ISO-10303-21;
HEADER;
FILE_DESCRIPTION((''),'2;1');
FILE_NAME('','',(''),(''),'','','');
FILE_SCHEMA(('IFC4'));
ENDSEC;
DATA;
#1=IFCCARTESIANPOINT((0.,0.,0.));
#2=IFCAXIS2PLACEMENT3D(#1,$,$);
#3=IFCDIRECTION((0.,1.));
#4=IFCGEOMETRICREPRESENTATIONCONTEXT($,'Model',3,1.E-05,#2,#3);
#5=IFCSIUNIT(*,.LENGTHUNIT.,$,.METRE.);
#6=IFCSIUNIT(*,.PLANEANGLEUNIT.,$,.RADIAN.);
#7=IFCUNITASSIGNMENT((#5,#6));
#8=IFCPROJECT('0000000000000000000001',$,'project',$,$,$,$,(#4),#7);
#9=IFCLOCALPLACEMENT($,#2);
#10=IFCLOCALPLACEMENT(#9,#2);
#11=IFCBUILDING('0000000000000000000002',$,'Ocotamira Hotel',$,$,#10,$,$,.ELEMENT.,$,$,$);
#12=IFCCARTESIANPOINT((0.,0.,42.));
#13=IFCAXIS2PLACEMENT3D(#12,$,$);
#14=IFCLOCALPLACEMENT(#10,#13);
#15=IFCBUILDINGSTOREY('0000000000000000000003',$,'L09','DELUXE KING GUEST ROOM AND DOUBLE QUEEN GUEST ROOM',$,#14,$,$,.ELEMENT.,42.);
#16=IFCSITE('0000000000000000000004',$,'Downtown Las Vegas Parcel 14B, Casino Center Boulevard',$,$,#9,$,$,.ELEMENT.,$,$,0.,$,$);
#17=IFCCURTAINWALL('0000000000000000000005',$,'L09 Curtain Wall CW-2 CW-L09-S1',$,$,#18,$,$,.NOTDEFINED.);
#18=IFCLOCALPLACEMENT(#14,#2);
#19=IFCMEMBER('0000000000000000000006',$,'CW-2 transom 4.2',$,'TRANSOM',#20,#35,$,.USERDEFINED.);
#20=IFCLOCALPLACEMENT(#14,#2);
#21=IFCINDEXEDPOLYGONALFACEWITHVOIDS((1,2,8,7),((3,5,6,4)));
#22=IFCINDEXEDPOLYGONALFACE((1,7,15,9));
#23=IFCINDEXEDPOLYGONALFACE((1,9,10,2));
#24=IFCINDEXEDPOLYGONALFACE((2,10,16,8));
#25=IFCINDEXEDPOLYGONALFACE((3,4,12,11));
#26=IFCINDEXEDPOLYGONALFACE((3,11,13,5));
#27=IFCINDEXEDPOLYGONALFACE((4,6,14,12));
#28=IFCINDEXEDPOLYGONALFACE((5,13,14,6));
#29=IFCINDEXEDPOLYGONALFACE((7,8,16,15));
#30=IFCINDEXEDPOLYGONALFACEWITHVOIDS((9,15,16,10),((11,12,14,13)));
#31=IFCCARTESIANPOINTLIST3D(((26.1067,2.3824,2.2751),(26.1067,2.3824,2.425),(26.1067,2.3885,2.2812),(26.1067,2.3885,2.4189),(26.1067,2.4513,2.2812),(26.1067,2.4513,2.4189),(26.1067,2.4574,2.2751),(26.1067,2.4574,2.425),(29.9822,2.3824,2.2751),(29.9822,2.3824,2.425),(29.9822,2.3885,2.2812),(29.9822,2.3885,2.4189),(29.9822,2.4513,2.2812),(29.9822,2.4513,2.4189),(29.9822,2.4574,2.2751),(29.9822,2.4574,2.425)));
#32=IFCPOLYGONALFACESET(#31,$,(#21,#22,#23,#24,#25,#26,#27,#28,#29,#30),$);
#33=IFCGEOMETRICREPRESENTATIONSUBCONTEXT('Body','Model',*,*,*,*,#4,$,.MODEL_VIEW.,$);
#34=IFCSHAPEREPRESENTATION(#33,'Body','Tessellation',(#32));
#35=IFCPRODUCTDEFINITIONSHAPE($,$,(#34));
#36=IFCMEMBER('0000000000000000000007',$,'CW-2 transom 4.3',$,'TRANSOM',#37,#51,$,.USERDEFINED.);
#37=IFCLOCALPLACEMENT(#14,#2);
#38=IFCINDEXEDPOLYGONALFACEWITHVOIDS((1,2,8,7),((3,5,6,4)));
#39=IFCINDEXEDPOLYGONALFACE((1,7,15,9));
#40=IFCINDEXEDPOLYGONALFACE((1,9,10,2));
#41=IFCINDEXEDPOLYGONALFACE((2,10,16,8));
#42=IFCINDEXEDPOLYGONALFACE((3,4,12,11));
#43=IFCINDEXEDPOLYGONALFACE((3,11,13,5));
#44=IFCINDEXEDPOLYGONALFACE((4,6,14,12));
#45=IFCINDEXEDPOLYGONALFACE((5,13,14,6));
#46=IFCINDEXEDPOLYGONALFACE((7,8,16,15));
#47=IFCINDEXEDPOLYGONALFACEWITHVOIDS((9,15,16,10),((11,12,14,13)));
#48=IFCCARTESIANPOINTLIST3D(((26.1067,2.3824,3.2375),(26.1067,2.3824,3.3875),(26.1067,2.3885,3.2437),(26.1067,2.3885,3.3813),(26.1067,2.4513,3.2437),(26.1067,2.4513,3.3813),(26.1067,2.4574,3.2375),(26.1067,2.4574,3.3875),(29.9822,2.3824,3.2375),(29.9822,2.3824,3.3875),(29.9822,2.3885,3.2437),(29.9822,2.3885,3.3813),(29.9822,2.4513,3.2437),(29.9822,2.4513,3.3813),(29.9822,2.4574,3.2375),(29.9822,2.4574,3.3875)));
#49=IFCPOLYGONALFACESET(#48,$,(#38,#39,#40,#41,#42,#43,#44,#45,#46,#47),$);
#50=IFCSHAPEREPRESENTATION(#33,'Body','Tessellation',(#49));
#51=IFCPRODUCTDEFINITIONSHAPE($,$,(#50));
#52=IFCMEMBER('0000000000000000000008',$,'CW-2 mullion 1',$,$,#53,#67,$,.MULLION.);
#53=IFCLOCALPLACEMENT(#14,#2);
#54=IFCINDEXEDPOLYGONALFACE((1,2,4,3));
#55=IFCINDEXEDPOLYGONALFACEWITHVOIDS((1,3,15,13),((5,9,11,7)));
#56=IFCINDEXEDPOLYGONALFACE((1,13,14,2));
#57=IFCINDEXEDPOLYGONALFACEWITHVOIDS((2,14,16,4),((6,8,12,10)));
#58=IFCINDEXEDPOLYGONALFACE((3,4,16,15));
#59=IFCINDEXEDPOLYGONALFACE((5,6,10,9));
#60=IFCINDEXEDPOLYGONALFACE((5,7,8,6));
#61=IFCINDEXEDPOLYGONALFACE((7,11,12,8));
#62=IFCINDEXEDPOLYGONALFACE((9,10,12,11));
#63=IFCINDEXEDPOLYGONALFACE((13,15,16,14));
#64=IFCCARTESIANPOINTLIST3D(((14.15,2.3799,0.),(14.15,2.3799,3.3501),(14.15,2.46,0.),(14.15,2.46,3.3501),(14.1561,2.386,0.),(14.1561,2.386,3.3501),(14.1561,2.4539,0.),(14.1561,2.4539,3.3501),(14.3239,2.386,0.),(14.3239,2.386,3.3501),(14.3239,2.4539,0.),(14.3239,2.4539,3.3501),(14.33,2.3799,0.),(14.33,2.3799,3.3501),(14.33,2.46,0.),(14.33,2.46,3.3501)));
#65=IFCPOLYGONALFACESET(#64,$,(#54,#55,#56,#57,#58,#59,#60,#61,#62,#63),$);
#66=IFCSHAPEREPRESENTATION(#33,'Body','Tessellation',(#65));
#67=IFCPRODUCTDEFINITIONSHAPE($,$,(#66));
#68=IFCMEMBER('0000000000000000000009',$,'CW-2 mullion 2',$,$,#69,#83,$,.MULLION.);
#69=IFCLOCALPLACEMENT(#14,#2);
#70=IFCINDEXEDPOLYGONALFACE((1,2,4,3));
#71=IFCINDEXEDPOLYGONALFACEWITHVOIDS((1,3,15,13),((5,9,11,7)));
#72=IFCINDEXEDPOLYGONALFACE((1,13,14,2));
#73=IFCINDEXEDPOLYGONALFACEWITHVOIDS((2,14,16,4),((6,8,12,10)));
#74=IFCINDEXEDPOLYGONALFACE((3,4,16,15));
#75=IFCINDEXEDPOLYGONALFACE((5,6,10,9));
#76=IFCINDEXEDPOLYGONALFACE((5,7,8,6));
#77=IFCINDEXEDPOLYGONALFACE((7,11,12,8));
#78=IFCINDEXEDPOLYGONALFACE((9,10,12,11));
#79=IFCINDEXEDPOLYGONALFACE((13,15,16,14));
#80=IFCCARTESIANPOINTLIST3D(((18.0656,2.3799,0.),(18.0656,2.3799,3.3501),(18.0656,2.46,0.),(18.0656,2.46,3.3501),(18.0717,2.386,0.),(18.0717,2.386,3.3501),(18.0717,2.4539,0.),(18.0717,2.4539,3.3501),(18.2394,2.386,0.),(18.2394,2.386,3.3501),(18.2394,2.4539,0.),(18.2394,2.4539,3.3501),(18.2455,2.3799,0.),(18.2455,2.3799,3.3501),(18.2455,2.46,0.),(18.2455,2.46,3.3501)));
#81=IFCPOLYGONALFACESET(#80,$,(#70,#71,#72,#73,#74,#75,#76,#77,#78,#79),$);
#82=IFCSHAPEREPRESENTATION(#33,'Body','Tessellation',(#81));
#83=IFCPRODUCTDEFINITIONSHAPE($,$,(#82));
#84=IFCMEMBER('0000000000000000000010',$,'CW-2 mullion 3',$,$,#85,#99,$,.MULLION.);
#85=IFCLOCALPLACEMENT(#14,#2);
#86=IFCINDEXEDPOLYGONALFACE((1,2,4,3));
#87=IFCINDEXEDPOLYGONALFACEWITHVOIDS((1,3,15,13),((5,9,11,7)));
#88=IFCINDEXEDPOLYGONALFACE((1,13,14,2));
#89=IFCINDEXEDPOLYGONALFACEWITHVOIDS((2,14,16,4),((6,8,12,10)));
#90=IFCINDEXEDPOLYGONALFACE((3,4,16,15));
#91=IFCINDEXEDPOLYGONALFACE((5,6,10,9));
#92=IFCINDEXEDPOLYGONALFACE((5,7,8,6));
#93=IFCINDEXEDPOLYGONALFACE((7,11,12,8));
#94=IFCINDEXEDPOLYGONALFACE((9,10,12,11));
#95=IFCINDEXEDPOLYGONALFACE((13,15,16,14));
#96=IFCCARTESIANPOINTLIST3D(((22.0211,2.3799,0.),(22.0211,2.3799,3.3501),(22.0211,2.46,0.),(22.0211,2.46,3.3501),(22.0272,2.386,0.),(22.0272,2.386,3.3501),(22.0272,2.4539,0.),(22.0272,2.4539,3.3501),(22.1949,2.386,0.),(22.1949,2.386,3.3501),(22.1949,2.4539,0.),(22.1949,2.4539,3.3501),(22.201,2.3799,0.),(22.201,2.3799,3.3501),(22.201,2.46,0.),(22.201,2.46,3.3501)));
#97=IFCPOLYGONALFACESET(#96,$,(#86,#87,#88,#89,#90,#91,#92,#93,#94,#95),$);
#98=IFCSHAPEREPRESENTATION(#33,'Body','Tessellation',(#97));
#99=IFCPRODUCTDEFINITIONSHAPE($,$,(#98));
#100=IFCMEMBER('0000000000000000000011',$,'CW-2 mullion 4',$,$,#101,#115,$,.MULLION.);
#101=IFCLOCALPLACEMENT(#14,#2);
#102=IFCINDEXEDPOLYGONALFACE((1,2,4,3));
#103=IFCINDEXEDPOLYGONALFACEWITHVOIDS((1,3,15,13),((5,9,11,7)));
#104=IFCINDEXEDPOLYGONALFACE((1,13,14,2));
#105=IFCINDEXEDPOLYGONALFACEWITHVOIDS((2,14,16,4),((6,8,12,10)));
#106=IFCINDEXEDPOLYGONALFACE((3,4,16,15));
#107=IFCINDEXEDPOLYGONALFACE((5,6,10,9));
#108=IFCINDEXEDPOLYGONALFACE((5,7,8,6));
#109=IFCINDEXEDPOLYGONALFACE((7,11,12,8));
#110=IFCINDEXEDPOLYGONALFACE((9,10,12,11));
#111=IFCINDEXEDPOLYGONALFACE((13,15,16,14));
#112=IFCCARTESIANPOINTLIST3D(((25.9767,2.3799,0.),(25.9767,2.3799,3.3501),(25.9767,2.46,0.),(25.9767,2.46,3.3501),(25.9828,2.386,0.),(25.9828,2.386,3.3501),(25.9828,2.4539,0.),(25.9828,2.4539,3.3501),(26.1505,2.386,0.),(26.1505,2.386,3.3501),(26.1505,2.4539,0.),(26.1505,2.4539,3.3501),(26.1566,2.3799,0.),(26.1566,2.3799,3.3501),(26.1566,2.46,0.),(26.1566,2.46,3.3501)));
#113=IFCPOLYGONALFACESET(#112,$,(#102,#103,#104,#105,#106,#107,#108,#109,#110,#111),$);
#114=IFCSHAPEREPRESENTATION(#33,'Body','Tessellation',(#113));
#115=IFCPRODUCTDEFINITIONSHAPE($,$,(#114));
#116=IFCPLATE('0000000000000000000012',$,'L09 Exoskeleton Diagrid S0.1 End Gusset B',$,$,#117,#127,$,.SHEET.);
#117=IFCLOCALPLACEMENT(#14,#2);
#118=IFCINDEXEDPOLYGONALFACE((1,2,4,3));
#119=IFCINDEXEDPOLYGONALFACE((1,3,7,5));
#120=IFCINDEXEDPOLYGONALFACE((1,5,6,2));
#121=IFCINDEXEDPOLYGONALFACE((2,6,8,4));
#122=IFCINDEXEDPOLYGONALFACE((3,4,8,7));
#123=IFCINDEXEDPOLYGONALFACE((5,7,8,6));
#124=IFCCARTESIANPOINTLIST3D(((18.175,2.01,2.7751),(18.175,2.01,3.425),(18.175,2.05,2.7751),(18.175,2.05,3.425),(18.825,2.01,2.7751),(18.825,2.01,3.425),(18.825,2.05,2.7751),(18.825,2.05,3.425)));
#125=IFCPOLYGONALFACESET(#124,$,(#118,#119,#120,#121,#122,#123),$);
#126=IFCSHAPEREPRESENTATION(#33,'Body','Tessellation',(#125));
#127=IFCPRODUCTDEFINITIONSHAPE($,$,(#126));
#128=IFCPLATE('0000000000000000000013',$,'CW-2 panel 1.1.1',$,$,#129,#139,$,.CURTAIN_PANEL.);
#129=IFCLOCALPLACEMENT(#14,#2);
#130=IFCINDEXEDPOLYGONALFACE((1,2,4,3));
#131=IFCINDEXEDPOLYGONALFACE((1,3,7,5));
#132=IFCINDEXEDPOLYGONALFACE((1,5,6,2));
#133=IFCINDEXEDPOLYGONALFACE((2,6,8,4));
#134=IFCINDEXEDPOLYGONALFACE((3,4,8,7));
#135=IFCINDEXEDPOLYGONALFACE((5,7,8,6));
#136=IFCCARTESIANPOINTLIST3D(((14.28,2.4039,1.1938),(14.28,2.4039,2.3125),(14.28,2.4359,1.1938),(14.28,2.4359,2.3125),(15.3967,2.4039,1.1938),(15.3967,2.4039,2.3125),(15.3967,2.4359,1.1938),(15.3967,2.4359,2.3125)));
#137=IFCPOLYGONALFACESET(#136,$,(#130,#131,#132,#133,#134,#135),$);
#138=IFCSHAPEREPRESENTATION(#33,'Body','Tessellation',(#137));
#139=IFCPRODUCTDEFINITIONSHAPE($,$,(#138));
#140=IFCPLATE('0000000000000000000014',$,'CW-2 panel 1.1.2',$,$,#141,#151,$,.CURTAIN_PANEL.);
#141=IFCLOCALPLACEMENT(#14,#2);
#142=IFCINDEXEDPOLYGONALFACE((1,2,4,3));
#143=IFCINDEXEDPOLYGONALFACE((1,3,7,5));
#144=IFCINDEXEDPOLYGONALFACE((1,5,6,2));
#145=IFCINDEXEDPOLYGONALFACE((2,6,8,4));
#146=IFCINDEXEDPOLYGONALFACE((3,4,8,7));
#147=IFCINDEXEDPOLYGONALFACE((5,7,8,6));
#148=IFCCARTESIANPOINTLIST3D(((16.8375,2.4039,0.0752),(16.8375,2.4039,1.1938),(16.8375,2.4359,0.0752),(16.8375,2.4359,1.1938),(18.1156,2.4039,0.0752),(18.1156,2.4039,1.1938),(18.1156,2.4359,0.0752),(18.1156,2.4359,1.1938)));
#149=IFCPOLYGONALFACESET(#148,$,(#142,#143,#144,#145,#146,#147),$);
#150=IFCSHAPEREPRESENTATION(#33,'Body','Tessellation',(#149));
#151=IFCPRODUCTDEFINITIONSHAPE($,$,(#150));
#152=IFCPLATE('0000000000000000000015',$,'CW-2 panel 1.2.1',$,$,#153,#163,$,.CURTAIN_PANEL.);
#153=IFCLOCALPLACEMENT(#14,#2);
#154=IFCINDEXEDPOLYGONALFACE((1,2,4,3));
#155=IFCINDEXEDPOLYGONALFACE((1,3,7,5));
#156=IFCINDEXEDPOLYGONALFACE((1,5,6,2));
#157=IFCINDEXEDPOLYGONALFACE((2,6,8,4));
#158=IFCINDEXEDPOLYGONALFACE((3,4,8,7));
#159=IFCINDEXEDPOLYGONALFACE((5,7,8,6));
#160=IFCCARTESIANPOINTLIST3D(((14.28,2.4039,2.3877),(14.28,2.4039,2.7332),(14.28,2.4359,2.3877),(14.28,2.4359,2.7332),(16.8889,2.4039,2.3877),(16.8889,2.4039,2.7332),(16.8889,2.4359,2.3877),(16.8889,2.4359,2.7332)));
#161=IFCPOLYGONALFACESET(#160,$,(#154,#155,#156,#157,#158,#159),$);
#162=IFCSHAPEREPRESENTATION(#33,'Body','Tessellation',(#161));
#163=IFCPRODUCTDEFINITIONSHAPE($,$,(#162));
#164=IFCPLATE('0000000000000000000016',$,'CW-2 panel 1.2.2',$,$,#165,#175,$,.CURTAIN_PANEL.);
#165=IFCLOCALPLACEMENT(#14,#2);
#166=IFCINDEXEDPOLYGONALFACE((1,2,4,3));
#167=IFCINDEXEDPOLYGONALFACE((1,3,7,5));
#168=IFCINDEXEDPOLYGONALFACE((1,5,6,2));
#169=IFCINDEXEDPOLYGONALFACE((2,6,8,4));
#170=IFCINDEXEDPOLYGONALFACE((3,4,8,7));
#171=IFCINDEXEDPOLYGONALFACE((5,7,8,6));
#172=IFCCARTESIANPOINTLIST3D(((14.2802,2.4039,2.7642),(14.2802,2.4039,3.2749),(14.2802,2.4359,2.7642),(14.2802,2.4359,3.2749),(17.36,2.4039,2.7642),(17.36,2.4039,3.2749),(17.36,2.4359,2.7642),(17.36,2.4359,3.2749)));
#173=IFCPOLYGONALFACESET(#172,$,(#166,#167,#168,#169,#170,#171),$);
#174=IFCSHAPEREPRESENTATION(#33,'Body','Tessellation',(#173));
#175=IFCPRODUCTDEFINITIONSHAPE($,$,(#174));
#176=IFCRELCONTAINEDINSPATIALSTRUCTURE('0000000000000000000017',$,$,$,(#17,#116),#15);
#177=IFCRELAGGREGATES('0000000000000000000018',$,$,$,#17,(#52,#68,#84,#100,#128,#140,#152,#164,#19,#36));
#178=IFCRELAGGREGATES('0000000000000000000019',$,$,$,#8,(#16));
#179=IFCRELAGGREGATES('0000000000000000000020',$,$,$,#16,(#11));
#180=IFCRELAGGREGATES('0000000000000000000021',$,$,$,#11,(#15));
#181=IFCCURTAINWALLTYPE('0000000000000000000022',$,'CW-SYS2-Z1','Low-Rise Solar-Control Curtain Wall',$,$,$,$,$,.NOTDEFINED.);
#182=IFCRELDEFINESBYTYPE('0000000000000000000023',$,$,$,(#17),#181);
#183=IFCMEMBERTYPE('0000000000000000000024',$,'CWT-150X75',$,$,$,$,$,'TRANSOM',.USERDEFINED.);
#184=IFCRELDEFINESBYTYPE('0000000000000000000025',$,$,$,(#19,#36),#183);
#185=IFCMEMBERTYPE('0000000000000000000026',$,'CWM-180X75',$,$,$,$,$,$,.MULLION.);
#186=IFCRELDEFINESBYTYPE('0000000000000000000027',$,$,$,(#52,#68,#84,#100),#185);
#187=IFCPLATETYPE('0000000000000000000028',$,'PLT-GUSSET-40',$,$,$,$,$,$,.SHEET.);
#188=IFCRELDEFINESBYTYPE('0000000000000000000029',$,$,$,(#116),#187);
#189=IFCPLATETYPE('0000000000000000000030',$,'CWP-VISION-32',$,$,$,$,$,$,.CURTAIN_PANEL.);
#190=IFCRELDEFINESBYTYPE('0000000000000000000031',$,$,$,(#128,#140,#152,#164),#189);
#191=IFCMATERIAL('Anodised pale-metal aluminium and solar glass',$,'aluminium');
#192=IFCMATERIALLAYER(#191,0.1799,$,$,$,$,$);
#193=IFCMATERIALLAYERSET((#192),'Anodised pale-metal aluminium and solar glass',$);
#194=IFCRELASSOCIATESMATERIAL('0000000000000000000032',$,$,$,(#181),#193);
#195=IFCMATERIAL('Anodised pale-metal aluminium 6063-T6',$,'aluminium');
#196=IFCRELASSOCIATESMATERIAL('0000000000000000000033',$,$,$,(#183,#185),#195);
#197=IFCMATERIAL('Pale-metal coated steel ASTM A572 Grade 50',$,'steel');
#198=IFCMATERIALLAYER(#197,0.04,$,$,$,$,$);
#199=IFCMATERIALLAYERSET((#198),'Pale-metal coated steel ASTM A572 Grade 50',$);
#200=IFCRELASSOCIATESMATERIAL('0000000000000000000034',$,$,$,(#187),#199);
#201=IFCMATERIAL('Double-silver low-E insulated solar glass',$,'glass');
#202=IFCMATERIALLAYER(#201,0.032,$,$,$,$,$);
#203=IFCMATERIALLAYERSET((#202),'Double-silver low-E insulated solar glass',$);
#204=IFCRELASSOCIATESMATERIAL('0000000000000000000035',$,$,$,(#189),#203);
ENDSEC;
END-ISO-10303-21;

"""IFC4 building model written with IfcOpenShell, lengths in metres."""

from ifc_helpers import new_model, si_unit, direction, frame, origin, origin_2d, place, context, subcontext, project, spatial, rectangle, hollow_rectangle, extrude, source, transform, mapped, material, layer, layer_set, material_profile, profile_set, type_object, element, aggregate, save


model = new_model("IFC4")

# Units and contexts
model_context = context("Model", 3, precision=1e-05, world=origin(), true_north=direction((0.0, 1.0)))
body_context = subcontext(model_context, "Body", "Model", "MODEL_VIEW")
ifc_project = project(units=[si_unit("LENGTHUNIT", "METRE"), si_unit("PLANEANGLEUNIT", "RADIAN")], contexts=[model_context])

# Site, building, storey
site_placement = place(None, origin())
site = spatial("IfcSite", under=ifc_project, at=site_placement, Name="Downtown Las Vegas Parcel 14B, Casino Center Boulevard", CompositionType="ELEMENT", RefElevation=0.0)
building_placement = place(site_placement, origin())
building = spatial("IfcBuilding", under=site, at=building_placement, Name="Ocotamira Hotel", CompositionType="ELEMENT")
storey_placement = place(building_placement, frame((0.0, 0.0, 42.0)))
storey = spatial("IfcBuildingStorey", under=building, at=storey_placement, Name="L09", Description="DELUXE KING GUEST ROOM AND DOUBLE QUEEN GUEST ROOM", CompositionType="ELEMENT", Elevation=42.0)

# Curtain wall, members
ifc_material_1 = material(Name="Anodised pale-metal aluminium and solar glass", Category="aluminium")
ifc_layer_1 = layer(ifc_material_1, 0.1799)
ifc_layer_set_1 = layer_set([ifc_layer_1], Name="Anodised pale-metal aluminium and solar glass")
curtain_wall_type = type_object("IfcCurtainWallType", Name="CW-SYS2-Z1", Description="Low-Rise Solar-Control Curtain Wall", PredefinedType="NOTDEFINED", material=ifc_layer_set_1)
curtain_wall_placement = place(storey_placement, origin())
curtain_wall = element("IfcCurtainWall", 1, at=curtain_wall_placement, inside=storey, type_object=curtain_wall_type, Name="L09 Curtain Wall CW-2 CW-L09-S1", PredefinedType="NOTDEFINED")
ifc_material_2 = material(Name="Anodised pale-metal aluminium 6063-T6", Category="aluminium")
ifc_material_profile_1 = material_profile(ifc_material_2, hollow_rectangle(XDim=0.075, YDim=0.1499, WallThickness=0.0061, at=origin_2d()), Name="HSS150X75X6")
ifc_profile_set_1 = profile_set([ifc_material_profile_1], Name="Anodised pale-metal aluminium 6063-T6")
member_type_1 = type_object("IfcMemberType", Name="CWT-150X75", ElementType="TRANSOM", PredefinedType="USERDEFINED", material=ifc_profile_set_1)
shared_shape_1 = source(origin(), body_context, "Body", "SweptSolid", [
    extrude(hollow_rectangle(XDim=0.075, YDim=0.1499, WallThickness=0.0061, at=origin_2d()), origin(), (0.0, 0.0, 1.0), 3.8755),
])
member_1_placement = place(storey_placement, frame((26.1067, 2.4199, 2.3501), z_axis=(1.0, 0.0, 0.0), x_axis=(0.0, 1.0, 0.0)))
member_1 = element("IfcMember", 2, at=member_1_placement, type_object=member_type_1, Name="CW-2 transom 4.2", ObjectType="TRANSOM", PredefinedType="USERDEFINED", context=body_context, shape_type="MappedRepresentation", body=[
    mapped(shared_shape_1, transform((0.0, 0.0, 0.0), scale=1.0)),
])
member_2_placement = place(storey_placement, frame((26.1067, 2.4199, 3.3125), z_axis=(1.0, 0.0, 0.0), x_axis=(0.0, 1.0, 0.0)))
member_2 = element("IfcMember", 3, at=member_2_placement, type_object=member_type_1, Name="CW-2 transom 4.3", ObjectType="TRANSOM", PredefinedType="USERDEFINED", context=body_context, shape_type="MappedRepresentation", body=[
    mapped(shared_shape_1, transform((0.0, 0.0, 0.0), scale=1.0)),
])
ifc_material_profile_2 = material_profile(ifc_material_2, hollow_rectangle(XDim=0.0801, YDim=0.1799, WallThickness=0.0061, at=origin_2d()), Name="HSS180X80X6")
ifc_profile_set_2 = profile_set([ifc_material_profile_2], Name="Anodised pale-metal aluminium 6063-T6")
member_type_2 = type_object("IfcMemberType", Name="CWM-180X75", PredefinedType="MULLION", material=ifc_profile_set_2)
shared_shape_2 = source(origin(), body_context, "Body", "SweptSolid", [
    extrude(hollow_rectangle(XDim=0.0801, YDim=0.1799, WallThickness=0.0061, at=origin_2d()), origin(), (0.0, 0.0, 1.0), 3.3501),
])
member_3_placement = place(storey_placement, frame((14.24, 2.4199, 0.0), z_axis=(0.0, 0.0, 1.0), x_axis=(0.0, 1.0, 0.0)))
member_3 = element("IfcMember", 4, at=member_3_placement, type_object=member_type_2, Name="CW-2 mullion 1", PredefinedType="MULLION", context=body_context, shape_type="MappedRepresentation", body=[
    mapped(shared_shape_2, transform((0.0, 0.0, 0.0), scale=1.0)),
])
member_4_placement = place(storey_placement, frame((18.1555, 2.4199, 0.0), z_axis=(0.0, 0.0, 1.0), x_axis=(0.0, 1.0, 0.0)))
member_4 = element("IfcMember", 5, at=member_4_placement, type_object=member_type_2, Name="CW-2 mullion 2", PredefinedType="MULLION", context=body_context, shape_type="MappedRepresentation", body=[
    mapped(shared_shape_2, transform((0.0, 0.0, 0.0), scale=1.0)),
])
member_5_placement = place(storey_placement, frame((22.1111, 2.4199, 0.0), z_axis=(0.0, 0.0, 1.0), x_axis=(0.0, 1.0, 0.0)))
member_5 = element("IfcMember", 6, at=member_5_placement, type_object=member_type_2, Name="CW-2 mullion 3", PredefinedType="MULLION", context=body_context, shape_type="MappedRepresentation", body=[
    mapped(shared_shape_2, transform((0.0, 0.0, 0.0), scale=1.0)),
])
member_6_placement = place(storey_placement, frame((26.0667, 2.4199, 0.0), z_axis=(0.0, 0.0, 1.0), x_axis=(0.0, 1.0, 0.0)))
member_6 = element("IfcMember", 7, at=member_6_placement, type_object=member_type_2, Name="CW-2 mullion 4", PredefinedType="MULLION", context=body_context, shape_type="MappedRepresentation", body=[
    mapped(shared_shape_2, transform((0.0, 0.0, 0.0), scale=1.0)),
])

# Plates
ifc_material_3 = material(Name="Pale-metal coated steel ASTM A572 Grade 50", Category="steel")
ifc_layer_2 = layer(ifc_material_3, 0.04)
ifc_layer_set_2 = layer_set([ifc_layer_2], Name="Pale-metal coated steel ASTM A572 Grade 50")
plate_type_1 = type_object("IfcPlateType", Name="PLT-GUSSET-40", PredefinedType="SHEET", material=ifc_layer_set_2)
shared_shape_3 = source(origin(), body_context, "Body", "SweptSolid", [
    extrude(rectangle(XDim=0.6499, YDim=0.04, at=origin_2d()), origin(), (0.0, 0.0, 1.0), 0.6499),
])
plate_1_placement = place(storey_placement, frame((18.5, 2.03, 2.7751), z_axis=(0.0, 0.0, 1.0), x_axis=(1.0, 0.0, 0.0)))
element("IfcPlate", 8, at=plate_1_placement, inside=storey, type_object=plate_type_1, Name="L09 Exoskeleton Diagrid S0.1 End Gusset B", PredefinedType="SHEET", context=body_context, shape_type="MappedRepresentation", body=[
    mapped(shared_shape_3, transform((0.0, 0.0, 0.0), scale=1.0)),
])
ifc_material_4 = material(Name="Double-silver low-E insulated solar glass", Category="glass")
ifc_layer_3 = layer(ifc_material_4, 0.032)
ifc_layer_set_3 = layer_set([ifc_layer_3], Name="Double-silver low-E insulated solar glass")
plate_type_2 = type_object("IfcPlateType", Name="CWP-VISION-32", PredefinedType="CURTAIN_PANEL", material=ifc_layer_set_3)
shared_shape_4 = source(origin(), body_context, "Body", "SweptSolid", [
    extrude(rectangle(XDim=1.1167, YDim=0.032, at=origin_2d()), origin(), (0.0, 0.0, 1.0), 1.1187),
])
plate_2_placement = place(storey_placement, frame((14.8384, 2.4199, 1.1938), z_axis=(0.0, 0.0, 1.0), x_axis=(1.0, 0.0, 0.0)))
plate_2 = element("IfcPlate", 9, at=plate_2_placement, type_object=plate_type_2, Name="CW-2 panel 1.1.1", PredefinedType="CURTAIN_PANEL", context=body_context, shape_type="MappedRepresentation", body=[
    mapped(shared_shape_4, transform((0.0, 0.0, 0.0), scale=1.0)),
])
shared_shape_5 = source(origin(), body_context, "Body", "SweptSolid", [
    extrude(rectangle(XDim=1.2781, YDim=0.032, at=origin_2d()), origin(), (0.0, 0.0, 1.0), 1.1187),
])
plate_3_placement = place(storey_placement, frame((17.4766, 2.4199, 0.0752), z_axis=(0.0, 0.0, 1.0), x_axis=(1.0, 0.0, 0.0)))
plate_3 = element("IfcPlate", 10, at=plate_3_placement, type_object=plate_type_2, Name="CW-2 panel 1.1.2", PredefinedType="CURTAIN_PANEL", context=body_context, shape_type="MappedRepresentation", body=[
    mapped(shared_shape_5, transform((0.0, 0.0, 0.0), scale=1.0)),
])
shared_shape_6 = source(origin(), body_context, "Body", "SweptSolid", [
    extrude(rectangle(XDim=2.6089, YDim=0.032, at=origin_2d()), origin(), (0.0, 0.0, 1.0), 0.3455),
])
plate_4_placement = place(storey_placement, frame((15.5845, 2.4199, 2.3877), z_axis=(0.0, 0.0, 1.0), x_axis=(1.0, 0.0, 0.0)))
plate_4 = element("IfcPlate", 11, at=plate_4_placement, type_object=plate_type_2, Name="CW-2 panel 1.2.1", PredefinedType="CURTAIN_PANEL", context=body_context, shape_type="MappedRepresentation", body=[
    mapped(shared_shape_6, transform((0.0, 0.0, 0.0), scale=1.0)),
])
shared_shape_7 = source(origin(), body_context, "Body", "SweptSolid", [
    extrude(rectangle(XDim=3.0798, YDim=0.032, at=origin_2d()), origin(), (0.0, 0.0, 1.0), 0.5107),
])
plate_5_placement = place(storey_placement, frame((15.8201, 2.4199, 2.7642), z_axis=(0.0, 0.0, 1.0), x_axis=(1.0, 0.0, 0.0)))
plate_5 = element("IfcPlate", 12, at=plate_5_placement, type_object=plate_type_2, Name="CW-2 panel 1.2.2", PredefinedType="CURTAIN_PANEL", context=body_context, shape_type="MappedRepresentation", body=[
    mapped(shared_shape_7, transform((0.0, 0.0, 0.0), scale=1.0)),
])
aggregate(curtain_wall, [member_3, member_4, member_5, member_6, plate_2, plate_3, plate_4, plate_5, member_1, member_2])

save(model, "model.ifc")
